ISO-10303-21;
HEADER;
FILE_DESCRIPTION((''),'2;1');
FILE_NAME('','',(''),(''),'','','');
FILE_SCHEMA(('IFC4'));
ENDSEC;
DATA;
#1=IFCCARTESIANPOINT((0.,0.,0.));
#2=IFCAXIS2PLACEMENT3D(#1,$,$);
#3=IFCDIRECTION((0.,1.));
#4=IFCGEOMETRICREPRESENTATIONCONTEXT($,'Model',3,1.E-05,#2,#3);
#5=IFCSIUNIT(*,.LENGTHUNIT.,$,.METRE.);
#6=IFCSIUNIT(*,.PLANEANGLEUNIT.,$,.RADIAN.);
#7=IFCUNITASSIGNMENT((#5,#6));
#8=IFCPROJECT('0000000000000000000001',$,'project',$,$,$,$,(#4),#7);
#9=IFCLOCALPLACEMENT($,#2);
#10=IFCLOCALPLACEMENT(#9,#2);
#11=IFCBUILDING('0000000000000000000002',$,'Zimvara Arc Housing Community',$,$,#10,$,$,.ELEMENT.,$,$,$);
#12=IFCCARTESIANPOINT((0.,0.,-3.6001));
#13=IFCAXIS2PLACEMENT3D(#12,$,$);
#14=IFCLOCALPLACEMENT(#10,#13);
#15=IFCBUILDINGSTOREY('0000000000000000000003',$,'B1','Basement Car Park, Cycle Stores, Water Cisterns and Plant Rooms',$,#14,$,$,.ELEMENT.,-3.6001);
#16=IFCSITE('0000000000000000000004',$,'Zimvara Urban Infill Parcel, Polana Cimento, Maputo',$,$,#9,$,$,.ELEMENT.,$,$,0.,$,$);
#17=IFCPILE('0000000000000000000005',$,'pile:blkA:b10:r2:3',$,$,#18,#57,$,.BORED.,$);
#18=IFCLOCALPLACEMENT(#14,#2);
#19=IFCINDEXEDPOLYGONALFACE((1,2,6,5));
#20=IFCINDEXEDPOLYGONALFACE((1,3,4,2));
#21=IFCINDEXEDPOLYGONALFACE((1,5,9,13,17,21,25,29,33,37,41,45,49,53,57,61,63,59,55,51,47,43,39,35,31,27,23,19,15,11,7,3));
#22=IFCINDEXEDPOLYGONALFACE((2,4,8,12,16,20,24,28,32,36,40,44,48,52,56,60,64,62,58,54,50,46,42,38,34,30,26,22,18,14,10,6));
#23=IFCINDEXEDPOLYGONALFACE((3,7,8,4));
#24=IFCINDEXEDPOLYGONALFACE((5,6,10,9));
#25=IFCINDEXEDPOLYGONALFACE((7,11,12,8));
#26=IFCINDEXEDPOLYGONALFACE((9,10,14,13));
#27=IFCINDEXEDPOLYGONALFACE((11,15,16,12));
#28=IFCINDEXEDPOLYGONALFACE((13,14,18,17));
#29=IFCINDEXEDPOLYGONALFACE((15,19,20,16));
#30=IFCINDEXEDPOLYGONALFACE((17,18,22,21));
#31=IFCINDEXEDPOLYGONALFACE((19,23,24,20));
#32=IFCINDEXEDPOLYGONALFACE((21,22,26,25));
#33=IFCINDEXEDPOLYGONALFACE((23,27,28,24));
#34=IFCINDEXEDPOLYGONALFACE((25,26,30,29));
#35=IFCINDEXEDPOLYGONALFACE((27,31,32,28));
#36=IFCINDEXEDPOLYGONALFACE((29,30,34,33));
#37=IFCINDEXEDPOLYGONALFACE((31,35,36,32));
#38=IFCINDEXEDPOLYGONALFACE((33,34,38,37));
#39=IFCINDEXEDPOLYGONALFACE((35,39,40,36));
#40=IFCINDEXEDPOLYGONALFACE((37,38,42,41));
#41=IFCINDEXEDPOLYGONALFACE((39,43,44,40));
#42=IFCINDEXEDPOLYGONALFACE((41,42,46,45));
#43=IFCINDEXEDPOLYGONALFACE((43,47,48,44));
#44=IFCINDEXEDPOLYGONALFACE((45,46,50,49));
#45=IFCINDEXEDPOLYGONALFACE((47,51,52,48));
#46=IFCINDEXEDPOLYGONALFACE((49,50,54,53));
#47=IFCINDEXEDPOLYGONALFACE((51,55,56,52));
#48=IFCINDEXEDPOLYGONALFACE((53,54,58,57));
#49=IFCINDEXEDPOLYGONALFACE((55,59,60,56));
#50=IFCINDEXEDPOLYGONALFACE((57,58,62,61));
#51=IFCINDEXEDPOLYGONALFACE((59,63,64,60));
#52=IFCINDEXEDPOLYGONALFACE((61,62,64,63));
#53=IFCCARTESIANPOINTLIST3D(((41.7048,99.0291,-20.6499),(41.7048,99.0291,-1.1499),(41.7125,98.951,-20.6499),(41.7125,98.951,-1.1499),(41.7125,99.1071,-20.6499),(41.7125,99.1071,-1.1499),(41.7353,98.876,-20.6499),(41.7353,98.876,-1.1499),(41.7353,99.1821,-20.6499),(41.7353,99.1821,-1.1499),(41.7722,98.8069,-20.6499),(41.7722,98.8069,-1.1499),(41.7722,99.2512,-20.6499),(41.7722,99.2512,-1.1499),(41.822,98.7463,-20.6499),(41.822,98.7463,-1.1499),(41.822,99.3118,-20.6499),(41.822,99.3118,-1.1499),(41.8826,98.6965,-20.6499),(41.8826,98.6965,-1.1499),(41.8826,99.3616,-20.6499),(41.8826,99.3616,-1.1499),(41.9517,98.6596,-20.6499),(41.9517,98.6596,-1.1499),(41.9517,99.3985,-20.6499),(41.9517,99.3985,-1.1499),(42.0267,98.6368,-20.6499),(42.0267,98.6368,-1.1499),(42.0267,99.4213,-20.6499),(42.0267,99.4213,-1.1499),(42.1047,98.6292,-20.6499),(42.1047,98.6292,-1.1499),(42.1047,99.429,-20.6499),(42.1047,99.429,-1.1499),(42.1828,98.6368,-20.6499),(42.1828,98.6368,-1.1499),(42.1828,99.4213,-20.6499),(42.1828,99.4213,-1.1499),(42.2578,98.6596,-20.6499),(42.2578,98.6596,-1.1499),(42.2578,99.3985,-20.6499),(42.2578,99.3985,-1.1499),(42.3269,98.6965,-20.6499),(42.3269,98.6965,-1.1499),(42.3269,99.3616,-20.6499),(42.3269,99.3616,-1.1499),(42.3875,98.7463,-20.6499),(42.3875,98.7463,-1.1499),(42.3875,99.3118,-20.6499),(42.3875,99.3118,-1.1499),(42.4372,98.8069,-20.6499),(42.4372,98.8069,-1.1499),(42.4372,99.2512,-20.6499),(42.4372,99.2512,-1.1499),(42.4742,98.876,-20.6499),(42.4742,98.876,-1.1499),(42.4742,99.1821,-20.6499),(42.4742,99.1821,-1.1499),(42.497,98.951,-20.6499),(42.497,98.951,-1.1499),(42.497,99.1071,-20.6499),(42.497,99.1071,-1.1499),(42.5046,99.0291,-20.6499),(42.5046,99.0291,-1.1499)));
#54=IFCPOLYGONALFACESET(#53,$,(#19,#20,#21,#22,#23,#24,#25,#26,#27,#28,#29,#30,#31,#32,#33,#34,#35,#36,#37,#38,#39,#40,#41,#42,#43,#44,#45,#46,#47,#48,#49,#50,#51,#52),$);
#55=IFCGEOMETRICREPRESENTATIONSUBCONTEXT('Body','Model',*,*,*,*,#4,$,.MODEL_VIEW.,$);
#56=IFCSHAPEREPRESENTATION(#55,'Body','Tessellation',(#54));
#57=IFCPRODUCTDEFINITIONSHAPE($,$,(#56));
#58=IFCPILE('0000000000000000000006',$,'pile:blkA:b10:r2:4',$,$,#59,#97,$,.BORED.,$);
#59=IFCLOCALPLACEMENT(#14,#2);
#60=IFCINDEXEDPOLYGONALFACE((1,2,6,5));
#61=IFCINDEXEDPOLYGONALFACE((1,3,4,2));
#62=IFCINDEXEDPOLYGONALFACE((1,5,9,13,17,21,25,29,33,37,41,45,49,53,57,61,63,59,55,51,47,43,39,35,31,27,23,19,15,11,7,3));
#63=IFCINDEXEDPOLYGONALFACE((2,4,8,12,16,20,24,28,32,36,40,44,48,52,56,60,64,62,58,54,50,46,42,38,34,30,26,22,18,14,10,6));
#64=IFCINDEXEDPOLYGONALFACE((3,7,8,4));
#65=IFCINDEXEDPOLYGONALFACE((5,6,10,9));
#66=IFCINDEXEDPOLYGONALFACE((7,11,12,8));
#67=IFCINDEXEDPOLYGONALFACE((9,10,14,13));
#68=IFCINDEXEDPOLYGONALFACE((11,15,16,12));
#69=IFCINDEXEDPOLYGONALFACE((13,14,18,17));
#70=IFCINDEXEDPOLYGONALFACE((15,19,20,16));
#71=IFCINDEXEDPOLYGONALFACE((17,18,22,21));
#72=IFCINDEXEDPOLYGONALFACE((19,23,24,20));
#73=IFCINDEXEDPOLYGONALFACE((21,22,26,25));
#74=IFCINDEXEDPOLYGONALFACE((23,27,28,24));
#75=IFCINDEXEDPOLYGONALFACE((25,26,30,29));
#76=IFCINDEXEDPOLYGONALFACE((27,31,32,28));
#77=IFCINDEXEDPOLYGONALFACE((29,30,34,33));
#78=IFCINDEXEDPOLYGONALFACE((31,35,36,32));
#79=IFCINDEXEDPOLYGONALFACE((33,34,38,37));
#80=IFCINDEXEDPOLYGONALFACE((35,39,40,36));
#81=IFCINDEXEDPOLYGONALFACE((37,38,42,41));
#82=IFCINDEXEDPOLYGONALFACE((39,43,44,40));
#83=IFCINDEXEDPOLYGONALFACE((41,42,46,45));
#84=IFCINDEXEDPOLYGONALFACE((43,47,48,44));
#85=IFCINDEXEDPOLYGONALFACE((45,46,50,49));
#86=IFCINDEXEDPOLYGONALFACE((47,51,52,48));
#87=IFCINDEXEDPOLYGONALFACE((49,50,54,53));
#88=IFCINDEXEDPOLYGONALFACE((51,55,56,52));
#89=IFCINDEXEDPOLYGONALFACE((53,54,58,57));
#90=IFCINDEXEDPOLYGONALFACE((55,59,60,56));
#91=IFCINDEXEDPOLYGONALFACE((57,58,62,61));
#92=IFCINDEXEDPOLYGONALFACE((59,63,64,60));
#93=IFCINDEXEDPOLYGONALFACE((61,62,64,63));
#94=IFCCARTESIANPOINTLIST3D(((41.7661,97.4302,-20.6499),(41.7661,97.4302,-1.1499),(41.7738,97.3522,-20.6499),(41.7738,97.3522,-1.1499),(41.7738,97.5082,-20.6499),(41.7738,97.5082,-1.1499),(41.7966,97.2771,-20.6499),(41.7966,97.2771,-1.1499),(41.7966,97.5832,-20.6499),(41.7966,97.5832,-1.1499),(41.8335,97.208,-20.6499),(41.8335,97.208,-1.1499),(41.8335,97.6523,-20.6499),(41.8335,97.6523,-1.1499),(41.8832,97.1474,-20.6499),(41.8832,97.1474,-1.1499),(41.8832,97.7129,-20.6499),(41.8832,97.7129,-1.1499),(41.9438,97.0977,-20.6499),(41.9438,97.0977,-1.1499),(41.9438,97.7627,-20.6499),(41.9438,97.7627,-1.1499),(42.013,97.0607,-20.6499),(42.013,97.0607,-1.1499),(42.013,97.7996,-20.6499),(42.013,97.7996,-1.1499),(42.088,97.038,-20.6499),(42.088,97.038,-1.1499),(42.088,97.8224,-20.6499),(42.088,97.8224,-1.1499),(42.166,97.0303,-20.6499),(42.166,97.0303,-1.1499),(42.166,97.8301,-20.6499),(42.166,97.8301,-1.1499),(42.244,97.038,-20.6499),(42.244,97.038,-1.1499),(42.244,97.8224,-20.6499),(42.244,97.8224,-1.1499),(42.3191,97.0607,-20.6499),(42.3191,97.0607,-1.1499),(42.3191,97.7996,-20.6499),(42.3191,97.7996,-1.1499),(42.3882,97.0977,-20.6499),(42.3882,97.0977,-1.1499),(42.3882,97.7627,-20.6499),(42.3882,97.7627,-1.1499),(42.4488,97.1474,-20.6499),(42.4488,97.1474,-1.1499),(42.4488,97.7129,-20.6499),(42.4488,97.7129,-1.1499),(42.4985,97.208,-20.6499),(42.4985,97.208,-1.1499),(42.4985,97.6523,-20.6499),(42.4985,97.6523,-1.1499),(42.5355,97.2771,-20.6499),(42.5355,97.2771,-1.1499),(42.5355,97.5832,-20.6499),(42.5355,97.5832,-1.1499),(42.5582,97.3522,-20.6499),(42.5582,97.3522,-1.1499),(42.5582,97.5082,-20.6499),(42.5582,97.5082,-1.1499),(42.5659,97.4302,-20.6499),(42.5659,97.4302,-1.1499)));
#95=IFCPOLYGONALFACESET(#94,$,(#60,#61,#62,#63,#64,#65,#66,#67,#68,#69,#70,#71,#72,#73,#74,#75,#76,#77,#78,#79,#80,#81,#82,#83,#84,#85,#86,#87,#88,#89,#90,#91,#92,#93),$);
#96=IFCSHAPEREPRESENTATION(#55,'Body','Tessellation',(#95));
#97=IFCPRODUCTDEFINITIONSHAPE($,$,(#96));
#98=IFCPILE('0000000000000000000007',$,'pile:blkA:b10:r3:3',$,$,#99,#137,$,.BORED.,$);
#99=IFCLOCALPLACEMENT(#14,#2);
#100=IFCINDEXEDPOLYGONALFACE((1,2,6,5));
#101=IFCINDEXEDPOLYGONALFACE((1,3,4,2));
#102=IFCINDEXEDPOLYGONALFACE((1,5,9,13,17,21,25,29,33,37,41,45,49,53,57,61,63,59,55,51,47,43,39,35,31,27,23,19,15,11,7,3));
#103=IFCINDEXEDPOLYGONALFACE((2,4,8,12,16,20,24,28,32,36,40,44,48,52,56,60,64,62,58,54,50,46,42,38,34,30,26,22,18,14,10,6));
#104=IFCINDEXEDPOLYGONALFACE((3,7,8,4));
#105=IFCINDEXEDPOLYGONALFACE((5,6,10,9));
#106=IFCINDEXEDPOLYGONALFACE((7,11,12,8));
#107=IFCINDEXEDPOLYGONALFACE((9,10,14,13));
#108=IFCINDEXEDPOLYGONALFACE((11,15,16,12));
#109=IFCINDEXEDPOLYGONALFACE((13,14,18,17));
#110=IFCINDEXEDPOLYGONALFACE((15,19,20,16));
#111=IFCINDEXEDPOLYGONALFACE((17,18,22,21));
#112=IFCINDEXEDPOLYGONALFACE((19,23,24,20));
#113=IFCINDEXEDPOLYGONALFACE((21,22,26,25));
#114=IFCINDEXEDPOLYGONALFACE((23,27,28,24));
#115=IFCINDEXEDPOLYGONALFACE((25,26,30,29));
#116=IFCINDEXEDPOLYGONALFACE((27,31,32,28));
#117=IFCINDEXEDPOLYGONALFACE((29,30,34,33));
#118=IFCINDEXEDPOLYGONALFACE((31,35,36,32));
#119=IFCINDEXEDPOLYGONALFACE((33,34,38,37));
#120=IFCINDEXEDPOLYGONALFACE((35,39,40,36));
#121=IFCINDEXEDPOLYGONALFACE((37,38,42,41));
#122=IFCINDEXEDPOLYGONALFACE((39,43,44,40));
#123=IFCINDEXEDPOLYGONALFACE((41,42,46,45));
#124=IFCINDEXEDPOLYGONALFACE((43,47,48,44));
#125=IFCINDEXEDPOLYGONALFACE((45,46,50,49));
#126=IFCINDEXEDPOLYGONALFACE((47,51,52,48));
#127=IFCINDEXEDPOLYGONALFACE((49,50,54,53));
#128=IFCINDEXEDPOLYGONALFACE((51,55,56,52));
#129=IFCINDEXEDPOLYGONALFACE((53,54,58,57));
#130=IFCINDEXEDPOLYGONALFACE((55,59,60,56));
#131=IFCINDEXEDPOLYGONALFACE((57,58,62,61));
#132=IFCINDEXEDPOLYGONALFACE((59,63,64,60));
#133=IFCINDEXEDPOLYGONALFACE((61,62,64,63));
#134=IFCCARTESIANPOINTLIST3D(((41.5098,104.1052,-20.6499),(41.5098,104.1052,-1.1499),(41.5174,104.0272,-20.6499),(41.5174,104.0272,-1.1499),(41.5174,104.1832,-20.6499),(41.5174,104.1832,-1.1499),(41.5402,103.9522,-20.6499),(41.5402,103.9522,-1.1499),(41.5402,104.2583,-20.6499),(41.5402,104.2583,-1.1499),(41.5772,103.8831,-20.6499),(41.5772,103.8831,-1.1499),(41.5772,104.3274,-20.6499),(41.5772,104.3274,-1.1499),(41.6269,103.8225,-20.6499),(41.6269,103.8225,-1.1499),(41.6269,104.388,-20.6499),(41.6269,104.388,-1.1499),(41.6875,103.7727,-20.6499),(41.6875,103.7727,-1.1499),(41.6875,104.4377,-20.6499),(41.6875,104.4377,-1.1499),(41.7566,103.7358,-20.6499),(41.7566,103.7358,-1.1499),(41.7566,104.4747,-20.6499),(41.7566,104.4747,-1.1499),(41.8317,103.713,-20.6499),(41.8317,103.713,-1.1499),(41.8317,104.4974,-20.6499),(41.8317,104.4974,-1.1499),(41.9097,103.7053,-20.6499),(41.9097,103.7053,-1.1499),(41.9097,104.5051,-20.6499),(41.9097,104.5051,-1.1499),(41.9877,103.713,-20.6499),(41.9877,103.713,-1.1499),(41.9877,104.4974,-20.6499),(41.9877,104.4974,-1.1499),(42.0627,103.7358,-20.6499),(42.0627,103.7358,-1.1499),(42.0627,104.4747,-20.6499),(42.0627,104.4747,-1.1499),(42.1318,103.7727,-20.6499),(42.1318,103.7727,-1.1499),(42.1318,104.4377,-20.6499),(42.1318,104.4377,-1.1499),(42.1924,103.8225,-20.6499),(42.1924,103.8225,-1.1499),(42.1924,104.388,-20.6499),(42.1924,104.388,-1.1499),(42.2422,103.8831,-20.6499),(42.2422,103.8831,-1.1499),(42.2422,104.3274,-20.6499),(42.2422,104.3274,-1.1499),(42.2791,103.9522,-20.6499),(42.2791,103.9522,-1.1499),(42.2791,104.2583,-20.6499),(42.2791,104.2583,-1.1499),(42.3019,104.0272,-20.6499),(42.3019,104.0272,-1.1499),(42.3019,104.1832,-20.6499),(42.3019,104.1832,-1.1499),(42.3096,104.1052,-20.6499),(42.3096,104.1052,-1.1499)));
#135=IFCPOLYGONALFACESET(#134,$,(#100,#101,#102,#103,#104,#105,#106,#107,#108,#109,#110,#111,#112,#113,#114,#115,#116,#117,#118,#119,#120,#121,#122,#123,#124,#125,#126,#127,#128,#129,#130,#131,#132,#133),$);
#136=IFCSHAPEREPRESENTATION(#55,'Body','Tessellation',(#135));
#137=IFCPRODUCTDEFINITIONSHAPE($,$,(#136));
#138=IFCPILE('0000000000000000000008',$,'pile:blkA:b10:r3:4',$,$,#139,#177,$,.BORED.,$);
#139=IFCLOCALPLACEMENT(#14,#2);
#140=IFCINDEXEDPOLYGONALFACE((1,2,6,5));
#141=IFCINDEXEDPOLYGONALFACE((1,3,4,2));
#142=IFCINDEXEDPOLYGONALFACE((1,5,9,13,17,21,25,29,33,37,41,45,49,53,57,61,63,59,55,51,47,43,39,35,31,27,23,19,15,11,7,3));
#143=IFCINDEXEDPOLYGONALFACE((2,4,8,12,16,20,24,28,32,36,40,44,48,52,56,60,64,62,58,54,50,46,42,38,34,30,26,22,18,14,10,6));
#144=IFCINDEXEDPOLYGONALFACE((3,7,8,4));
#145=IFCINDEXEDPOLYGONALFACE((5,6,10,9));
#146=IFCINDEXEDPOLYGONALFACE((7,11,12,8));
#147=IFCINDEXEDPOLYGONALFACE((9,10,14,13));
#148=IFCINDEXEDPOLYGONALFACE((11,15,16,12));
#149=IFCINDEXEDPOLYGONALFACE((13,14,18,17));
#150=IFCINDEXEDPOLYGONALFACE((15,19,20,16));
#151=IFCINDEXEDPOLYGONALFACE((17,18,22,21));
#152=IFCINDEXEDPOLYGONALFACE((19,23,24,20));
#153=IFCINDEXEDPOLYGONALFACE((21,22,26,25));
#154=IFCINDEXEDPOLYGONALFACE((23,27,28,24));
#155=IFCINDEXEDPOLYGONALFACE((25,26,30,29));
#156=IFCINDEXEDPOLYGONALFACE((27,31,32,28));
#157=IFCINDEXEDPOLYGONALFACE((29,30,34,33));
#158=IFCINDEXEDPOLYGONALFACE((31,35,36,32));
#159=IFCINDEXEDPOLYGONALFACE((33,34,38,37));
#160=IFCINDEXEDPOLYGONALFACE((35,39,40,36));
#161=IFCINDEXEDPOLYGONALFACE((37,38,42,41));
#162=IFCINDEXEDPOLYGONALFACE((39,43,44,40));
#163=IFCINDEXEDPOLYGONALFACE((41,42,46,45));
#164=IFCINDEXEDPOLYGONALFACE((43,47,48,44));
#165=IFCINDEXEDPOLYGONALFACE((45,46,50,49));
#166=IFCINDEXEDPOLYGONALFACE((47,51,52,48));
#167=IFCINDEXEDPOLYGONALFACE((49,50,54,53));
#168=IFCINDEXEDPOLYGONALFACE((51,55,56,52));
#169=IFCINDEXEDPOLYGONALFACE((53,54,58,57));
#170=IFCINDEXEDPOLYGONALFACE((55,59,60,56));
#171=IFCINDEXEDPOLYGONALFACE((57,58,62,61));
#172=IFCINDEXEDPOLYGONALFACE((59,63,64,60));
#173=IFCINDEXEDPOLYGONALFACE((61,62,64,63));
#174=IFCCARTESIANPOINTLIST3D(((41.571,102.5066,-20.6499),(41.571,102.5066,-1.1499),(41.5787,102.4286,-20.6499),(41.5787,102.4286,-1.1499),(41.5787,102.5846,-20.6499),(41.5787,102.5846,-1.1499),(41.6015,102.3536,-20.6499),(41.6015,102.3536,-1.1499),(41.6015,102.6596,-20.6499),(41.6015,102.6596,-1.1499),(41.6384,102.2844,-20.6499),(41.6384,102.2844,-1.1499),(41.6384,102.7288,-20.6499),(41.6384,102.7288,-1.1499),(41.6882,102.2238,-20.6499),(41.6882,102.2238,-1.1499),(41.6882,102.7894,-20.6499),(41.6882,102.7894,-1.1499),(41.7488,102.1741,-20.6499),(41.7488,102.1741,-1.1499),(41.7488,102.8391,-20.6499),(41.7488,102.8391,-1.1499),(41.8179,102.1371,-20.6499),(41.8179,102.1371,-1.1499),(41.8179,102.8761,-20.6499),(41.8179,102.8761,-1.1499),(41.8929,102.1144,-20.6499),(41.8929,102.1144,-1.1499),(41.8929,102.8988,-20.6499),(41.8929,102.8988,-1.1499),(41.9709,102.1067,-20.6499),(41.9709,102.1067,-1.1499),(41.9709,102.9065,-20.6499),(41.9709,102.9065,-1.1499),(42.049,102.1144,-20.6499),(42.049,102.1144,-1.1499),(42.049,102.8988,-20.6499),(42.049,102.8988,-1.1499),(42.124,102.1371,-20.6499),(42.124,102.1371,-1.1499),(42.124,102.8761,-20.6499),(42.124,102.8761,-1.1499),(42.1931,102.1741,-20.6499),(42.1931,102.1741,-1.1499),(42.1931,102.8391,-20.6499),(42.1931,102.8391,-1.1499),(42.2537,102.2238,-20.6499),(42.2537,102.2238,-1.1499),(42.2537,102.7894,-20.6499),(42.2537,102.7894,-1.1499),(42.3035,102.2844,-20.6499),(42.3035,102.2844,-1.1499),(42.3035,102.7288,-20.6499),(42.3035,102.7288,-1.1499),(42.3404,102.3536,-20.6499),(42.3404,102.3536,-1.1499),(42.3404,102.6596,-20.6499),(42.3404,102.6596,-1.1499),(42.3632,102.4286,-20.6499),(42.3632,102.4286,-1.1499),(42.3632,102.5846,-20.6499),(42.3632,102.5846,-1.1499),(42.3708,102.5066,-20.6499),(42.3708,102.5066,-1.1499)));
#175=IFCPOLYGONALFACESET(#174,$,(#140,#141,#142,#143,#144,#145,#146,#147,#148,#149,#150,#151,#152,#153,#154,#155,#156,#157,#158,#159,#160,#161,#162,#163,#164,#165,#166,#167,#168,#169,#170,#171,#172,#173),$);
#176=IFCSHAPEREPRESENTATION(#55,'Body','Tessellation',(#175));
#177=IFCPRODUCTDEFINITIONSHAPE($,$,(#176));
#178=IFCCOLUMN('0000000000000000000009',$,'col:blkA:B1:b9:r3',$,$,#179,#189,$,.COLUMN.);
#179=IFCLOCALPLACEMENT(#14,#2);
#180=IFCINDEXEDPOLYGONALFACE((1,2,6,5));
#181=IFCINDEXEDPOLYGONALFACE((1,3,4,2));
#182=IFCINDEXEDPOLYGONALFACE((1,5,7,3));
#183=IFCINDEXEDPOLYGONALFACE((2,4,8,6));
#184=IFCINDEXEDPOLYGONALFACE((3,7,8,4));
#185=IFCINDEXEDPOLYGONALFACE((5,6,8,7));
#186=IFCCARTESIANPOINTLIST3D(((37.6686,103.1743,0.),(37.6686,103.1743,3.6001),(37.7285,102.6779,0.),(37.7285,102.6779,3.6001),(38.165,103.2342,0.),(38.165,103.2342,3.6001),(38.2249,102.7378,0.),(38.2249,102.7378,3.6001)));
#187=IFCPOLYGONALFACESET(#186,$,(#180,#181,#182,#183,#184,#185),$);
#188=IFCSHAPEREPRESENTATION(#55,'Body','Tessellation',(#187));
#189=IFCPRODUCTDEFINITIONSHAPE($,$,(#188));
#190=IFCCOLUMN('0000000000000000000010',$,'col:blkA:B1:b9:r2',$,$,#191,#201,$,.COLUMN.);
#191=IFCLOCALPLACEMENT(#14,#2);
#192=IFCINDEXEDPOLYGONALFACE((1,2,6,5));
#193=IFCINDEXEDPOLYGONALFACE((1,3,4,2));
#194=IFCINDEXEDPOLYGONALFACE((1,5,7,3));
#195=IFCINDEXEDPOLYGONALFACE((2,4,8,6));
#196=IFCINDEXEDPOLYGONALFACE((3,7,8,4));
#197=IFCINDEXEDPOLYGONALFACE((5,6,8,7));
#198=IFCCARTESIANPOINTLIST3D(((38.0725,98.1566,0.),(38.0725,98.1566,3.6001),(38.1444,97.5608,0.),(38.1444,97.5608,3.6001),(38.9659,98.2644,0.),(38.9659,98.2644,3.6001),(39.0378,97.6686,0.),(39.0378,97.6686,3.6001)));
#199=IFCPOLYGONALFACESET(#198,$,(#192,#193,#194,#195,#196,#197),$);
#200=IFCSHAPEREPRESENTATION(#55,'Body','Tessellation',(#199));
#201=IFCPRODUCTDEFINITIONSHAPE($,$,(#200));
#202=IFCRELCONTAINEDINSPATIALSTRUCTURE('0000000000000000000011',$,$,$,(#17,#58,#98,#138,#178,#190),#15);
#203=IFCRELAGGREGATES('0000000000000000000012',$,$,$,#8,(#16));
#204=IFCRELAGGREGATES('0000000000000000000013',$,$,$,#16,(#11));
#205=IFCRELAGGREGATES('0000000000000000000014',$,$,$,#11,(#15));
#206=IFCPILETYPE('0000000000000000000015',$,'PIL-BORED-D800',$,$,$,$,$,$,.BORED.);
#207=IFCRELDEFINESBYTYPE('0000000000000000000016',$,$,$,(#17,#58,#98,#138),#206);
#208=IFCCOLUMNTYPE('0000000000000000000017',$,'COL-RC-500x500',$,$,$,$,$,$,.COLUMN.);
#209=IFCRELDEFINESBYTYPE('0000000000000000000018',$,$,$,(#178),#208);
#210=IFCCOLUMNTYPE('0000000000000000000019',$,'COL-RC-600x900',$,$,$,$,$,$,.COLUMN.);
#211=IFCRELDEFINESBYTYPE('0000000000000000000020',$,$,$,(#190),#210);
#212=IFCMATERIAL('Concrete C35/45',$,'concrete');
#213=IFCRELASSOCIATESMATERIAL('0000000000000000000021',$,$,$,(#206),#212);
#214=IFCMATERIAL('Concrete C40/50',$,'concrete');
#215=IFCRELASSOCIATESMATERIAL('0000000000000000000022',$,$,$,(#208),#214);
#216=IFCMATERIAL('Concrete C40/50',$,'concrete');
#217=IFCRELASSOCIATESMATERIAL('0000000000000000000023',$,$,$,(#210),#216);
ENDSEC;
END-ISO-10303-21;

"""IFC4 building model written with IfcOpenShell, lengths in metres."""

from ifc_helpers import new_model, si_unit, direction, frame, origin, origin_2d, place, context, subcontext, project, spatial, rectangle, circle, extrude, material, material_profile, profile_set, type_object, element, save


model = new_model("IFC4")

# Units and contexts
model_context = context("Model", 3, precision=1e-05, world=origin(), true_north=direction((0.0, 1.0)))
body_context = subcontext(model_context, "Body", "Model", "MODEL_VIEW")
ifc_project = project(units=[si_unit("LENGTHUNIT", "METRE"), si_unit("PLANEANGLEUNIT", "RADIAN")], contexts=[model_context])

# Site, building, storey
site_placement = place(None, origin())
site = spatial("IfcSite", under=ifc_project, at=site_placement, Name="Zimvara Urban Infill Parcel, Polana Cimento, Maputo", CompositionType="ELEMENT", RefElevation=0.0)
building_placement = place(site_placement, origin())
building = spatial("IfcBuilding", under=site, at=building_placement, Name="Zimvara Arc Housing Community", CompositionType="ELEMENT")
storey_placement = place(building_placement, frame((0.0, 0.0, -3.6001)))
storey = spatial("IfcBuildingStorey", under=building, at=storey_placement, Name="B1", Description="Basement Car Park, Cycle Stores, Water Cisterns and Plant Rooms", CompositionType="ELEMENT", Elevation=-3.6001)

# Piles
ifc_material_1 = material(Name="Concrete C35/45", Category="concrete")
ifc_material_profile_1 = material_profile(ifc_material_1, circle(Radius=0.3999, at=origin_2d()), Name="PILE D800")
ifc_profile_set_1 = profile_set([ifc_material_profile_1], Name="Concrete C35/45")
pile_type = type_object("IfcPileType", Name="PIL-BORED-D800", PredefinedType="BORED", material=ifc_profile_set_1)
for number, where, z_axis, x_axis, name in (
    (1, (42.1047, 99.0291, -1.1499), (0.0, 0.0, -1.0), (1.0, 0.0, 0.0), "pile:blkA:b10:r2:3"),
    (2, (42.166, 97.4302, -1.1499), (0.0, 0.0, -1.0), (1.0, 0.0, 0.0), "pile:blkA:b10:r2:4"),
    (3, (41.9097, 104.1052, -1.1499), (0.0, 0.0, -1.0), (1.0, 0.0, 0.0), "pile:blkA:b10:r3:3"),
    (4, (41.9709, 102.5066, -1.1499), (0.0, 0.0, -1.0), (1.0, 0.0, 0.0), "pile:blkA:b10:r3:4"),
):
    element("IfcPile", number, at=place(storey_placement, frame(where, z_axis=z_axis, x_axis=x_axis)), inside=storey, type_object=pile_type, Name=name, PredefinedType="BORED", context=body_context, shape_type="SweptSolid", body=[
        extrude(circle(Radius=0.3999, at=origin_2d()), origin(), (0.0, 0.0, 1.0), 19.5),
    ])

# Columns
ifc_material_2 = material(Name="Concrete C40/50", Category="concrete")
ifc_material_profile_2 = material_profile(ifc_material_2, rectangle(XDim=0.5, YDim=0.5, at=origin_2d()), Name="RC 500x500")
ifc_profile_set_2 = profile_set([ifc_material_profile_2], Name="Concrete C40/50")
column_type_1 = type_object("IfcColumnType", Name="COL-RC-500x500", PredefinedType="COLUMN", material=ifc_profile_set_2)
column_1_placement = place(storey_placement, frame((37.9468, 102.9561, 0.0), z_axis=(0.0, 0.0, 1.0), x_axis=(-0.11979, 0.992799, 0.0)))
element("IfcColumn", 5, at=column_1_placement, inside=storey, type_object=column_type_1, Name="col:blkA:B1:b9:r3", PredefinedType="COLUMN", context=body_context, shape_type="SweptSolid", body=[
    extrude(rectangle(XDim=0.5, YDim=0.5, at=origin_2d()), origin(), (0.0, 0.0, 1.0), 3.6001),
])
ifc_material_3 = material(Name="Concrete C40/50", Category="concrete")
ifc_material_profile_3 = material_profile(ifc_material_3, rectangle(XDim=0.6001, YDim=0.8999, at=origin_2d()), Name="RC 600x900")
ifc_profile_set_3 = profile_set([ifc_material_profile_3], Name="Concrete C40/50")
column_type_2 = type_object("IfcColumnType", Name="COL-RC-600x900", PredefinedType="COLUMN", material=ifc_profile_set_3)
for number, where, z_axis, x_axis, name in (
    (6, (38.5552, 97.9126, 0.0), (0.0, 0.0, 1.0), (-0.11979, 0.992799, 0.0), "col:blkA:B1:b9:r2"),
):
    element("IfcColumn", number, at=place(storey_placement, frame(where, z_axis=z_axis, x_axis=x_axis)), inside=storey, type_object=column_type_2, Name=name, PredefinedType="COLUMN", context=body_context, shape_type="SweptSolid", body=[
        extrude(rectangle(XDim=0.6001, YDim=0.8999, at=origin_2d()), origin(), (0.0, 0.0, 1.0), 3.6001),
    ])

save(model, "model.ifc")
